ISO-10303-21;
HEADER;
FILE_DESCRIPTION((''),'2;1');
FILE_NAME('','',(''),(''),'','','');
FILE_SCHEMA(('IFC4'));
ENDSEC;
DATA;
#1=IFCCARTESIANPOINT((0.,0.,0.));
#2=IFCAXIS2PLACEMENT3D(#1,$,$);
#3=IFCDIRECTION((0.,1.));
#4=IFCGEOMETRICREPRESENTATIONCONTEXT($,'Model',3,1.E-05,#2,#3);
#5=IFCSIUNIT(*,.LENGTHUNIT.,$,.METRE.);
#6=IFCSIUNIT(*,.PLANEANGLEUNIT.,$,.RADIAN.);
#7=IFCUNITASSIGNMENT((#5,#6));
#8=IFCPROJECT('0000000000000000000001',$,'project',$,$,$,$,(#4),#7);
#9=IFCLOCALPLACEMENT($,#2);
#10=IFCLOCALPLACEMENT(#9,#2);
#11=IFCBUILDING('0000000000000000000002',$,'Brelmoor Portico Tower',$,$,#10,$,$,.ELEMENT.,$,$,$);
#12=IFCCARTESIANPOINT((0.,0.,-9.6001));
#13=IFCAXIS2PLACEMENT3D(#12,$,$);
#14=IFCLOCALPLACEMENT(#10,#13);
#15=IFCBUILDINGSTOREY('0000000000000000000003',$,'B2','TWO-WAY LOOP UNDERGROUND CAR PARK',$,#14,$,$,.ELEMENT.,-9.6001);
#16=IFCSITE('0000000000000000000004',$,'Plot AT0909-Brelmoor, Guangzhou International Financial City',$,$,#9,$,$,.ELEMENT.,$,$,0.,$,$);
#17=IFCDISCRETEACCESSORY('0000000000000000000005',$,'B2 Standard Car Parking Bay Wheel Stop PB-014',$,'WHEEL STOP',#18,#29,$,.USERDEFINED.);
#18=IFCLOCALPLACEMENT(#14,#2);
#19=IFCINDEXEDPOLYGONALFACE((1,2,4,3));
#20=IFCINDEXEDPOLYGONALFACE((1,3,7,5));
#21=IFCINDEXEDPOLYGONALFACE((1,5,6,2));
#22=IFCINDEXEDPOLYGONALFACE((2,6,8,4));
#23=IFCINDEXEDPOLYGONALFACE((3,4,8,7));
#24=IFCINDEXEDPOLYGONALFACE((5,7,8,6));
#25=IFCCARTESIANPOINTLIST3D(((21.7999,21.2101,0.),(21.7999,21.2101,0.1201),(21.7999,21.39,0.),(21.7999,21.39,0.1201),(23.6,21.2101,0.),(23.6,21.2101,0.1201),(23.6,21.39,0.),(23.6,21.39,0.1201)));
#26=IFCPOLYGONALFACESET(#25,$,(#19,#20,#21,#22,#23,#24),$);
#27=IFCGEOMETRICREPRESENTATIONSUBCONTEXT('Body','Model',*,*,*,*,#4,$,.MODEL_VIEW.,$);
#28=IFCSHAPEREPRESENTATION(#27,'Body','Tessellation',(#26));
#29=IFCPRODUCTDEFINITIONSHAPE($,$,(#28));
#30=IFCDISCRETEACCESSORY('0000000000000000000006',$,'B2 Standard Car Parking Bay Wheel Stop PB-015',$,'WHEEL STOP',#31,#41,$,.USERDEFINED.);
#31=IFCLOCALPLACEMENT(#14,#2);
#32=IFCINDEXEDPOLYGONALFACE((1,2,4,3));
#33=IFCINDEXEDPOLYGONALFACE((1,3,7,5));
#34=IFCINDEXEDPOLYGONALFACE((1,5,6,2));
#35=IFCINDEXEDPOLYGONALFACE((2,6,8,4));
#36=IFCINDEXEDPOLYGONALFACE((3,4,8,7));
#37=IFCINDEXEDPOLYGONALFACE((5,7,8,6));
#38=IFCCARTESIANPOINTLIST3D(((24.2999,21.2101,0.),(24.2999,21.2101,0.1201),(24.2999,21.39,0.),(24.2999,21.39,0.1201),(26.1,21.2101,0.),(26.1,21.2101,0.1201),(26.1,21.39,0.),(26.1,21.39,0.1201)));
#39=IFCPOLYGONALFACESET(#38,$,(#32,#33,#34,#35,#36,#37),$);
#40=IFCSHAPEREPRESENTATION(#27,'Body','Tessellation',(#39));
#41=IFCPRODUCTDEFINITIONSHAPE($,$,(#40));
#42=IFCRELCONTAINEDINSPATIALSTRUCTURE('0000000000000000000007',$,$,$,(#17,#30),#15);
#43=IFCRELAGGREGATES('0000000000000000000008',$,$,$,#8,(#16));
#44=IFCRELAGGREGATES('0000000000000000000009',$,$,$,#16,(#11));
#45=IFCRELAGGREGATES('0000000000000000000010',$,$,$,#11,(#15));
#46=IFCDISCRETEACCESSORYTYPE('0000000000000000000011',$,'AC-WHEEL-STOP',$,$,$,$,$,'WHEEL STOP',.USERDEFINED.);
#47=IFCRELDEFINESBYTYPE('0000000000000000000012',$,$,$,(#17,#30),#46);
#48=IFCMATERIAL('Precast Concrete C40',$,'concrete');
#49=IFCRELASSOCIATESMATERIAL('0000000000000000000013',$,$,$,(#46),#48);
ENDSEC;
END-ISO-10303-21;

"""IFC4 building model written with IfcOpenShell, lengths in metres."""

from ifc_helpers import new_model, si_unit, direction, frame, origin, origin_2d, place, context, subcontext, project, spatial, rectangle, extrude, material, type_object, element, save


model = new_model("IFC4")

# Units and contexts
model_context = context("Model", 3, precision=1e-05, world=origin(), true_north=direction((0.0, 1.0)))
body_context = subcontext(model_context, "Body", "Model", "MODEL_VIEW")
ifc_project = project(units=[si_unit("LENGTHUNIT", "METRE"), si_unit("PLANEANGLEUNIT", "RADIAN")], contexts=[model_context])

# Site, building, storey
site_placement = place(None, origin())
site = spatial("IfcSite", under=ifc_project, at=site_placement, Name="Plot AT0909-Brelmoor, Guangzhou International Financial City", CompositionType="ELEMENT", RefElevation=0.0)
building_placement = place(site_placement, origin())
building = spatial("IfcBuilding", under=site, at=building_placement, Name="Brelmoor Portico Tower", CompositionType="ELEMENT")
storey_placement = place(building_placement, frame((0.0, 0.0, -9.6001)))
storey = spatial("IfcBuildingStorey", under=building, at=storey_placement, Name="B2", Description="TWO-WAY LOOP UNDERGROUND CAR PARK", CompositionType="ELEMENT", Elevation=-9.6001)

# Discrete accessories
ifc_material_1 = material(Name="Precast Concrete C40", Category="concrete")
discrete_accessory_type = type_object("IfcDiscreteAccessoryType", Name="AC-WHEEL-STOP", ElementType="WHEEL STOP", PredefinedType="USERDEFINED", material=ifc_material_1)
for number, where, z_axis, x_axis, name in (
    (1, (22.7, 21.3, 0.0), (0.0, 0.0, 1.0), (1.0, 0.0, 0.0), "B2 Standard Car Parking Bay Wheel Stop PB-014"),
    (2, (25.2, 21.3, 0.0), (0.0, 0.0, 1.0), (1.0, 0.0, 0.0), "B2 Standard Car Parking Bay Wheel Stop PB-015"),
):
    element("IfcDiscreteAccessory", number, at=place(storey_placement, frame(where, z_axis=z_axis, x_axis=x_axis)), inside=storey, type_object=discrete_accessory_type, Name=name, ObjectType="WHEEL STOP", PredefinedType="USERDEFINED", context=body_context, shape_type="SweptSolid", body=[
        extrude(rectangle(XDim=1.8, YDim=0.1799, at=origin_2d()), origin(), (0.0, 0.0, 1.0), 0.1201),
    ])

save(model, "model.ifc")
